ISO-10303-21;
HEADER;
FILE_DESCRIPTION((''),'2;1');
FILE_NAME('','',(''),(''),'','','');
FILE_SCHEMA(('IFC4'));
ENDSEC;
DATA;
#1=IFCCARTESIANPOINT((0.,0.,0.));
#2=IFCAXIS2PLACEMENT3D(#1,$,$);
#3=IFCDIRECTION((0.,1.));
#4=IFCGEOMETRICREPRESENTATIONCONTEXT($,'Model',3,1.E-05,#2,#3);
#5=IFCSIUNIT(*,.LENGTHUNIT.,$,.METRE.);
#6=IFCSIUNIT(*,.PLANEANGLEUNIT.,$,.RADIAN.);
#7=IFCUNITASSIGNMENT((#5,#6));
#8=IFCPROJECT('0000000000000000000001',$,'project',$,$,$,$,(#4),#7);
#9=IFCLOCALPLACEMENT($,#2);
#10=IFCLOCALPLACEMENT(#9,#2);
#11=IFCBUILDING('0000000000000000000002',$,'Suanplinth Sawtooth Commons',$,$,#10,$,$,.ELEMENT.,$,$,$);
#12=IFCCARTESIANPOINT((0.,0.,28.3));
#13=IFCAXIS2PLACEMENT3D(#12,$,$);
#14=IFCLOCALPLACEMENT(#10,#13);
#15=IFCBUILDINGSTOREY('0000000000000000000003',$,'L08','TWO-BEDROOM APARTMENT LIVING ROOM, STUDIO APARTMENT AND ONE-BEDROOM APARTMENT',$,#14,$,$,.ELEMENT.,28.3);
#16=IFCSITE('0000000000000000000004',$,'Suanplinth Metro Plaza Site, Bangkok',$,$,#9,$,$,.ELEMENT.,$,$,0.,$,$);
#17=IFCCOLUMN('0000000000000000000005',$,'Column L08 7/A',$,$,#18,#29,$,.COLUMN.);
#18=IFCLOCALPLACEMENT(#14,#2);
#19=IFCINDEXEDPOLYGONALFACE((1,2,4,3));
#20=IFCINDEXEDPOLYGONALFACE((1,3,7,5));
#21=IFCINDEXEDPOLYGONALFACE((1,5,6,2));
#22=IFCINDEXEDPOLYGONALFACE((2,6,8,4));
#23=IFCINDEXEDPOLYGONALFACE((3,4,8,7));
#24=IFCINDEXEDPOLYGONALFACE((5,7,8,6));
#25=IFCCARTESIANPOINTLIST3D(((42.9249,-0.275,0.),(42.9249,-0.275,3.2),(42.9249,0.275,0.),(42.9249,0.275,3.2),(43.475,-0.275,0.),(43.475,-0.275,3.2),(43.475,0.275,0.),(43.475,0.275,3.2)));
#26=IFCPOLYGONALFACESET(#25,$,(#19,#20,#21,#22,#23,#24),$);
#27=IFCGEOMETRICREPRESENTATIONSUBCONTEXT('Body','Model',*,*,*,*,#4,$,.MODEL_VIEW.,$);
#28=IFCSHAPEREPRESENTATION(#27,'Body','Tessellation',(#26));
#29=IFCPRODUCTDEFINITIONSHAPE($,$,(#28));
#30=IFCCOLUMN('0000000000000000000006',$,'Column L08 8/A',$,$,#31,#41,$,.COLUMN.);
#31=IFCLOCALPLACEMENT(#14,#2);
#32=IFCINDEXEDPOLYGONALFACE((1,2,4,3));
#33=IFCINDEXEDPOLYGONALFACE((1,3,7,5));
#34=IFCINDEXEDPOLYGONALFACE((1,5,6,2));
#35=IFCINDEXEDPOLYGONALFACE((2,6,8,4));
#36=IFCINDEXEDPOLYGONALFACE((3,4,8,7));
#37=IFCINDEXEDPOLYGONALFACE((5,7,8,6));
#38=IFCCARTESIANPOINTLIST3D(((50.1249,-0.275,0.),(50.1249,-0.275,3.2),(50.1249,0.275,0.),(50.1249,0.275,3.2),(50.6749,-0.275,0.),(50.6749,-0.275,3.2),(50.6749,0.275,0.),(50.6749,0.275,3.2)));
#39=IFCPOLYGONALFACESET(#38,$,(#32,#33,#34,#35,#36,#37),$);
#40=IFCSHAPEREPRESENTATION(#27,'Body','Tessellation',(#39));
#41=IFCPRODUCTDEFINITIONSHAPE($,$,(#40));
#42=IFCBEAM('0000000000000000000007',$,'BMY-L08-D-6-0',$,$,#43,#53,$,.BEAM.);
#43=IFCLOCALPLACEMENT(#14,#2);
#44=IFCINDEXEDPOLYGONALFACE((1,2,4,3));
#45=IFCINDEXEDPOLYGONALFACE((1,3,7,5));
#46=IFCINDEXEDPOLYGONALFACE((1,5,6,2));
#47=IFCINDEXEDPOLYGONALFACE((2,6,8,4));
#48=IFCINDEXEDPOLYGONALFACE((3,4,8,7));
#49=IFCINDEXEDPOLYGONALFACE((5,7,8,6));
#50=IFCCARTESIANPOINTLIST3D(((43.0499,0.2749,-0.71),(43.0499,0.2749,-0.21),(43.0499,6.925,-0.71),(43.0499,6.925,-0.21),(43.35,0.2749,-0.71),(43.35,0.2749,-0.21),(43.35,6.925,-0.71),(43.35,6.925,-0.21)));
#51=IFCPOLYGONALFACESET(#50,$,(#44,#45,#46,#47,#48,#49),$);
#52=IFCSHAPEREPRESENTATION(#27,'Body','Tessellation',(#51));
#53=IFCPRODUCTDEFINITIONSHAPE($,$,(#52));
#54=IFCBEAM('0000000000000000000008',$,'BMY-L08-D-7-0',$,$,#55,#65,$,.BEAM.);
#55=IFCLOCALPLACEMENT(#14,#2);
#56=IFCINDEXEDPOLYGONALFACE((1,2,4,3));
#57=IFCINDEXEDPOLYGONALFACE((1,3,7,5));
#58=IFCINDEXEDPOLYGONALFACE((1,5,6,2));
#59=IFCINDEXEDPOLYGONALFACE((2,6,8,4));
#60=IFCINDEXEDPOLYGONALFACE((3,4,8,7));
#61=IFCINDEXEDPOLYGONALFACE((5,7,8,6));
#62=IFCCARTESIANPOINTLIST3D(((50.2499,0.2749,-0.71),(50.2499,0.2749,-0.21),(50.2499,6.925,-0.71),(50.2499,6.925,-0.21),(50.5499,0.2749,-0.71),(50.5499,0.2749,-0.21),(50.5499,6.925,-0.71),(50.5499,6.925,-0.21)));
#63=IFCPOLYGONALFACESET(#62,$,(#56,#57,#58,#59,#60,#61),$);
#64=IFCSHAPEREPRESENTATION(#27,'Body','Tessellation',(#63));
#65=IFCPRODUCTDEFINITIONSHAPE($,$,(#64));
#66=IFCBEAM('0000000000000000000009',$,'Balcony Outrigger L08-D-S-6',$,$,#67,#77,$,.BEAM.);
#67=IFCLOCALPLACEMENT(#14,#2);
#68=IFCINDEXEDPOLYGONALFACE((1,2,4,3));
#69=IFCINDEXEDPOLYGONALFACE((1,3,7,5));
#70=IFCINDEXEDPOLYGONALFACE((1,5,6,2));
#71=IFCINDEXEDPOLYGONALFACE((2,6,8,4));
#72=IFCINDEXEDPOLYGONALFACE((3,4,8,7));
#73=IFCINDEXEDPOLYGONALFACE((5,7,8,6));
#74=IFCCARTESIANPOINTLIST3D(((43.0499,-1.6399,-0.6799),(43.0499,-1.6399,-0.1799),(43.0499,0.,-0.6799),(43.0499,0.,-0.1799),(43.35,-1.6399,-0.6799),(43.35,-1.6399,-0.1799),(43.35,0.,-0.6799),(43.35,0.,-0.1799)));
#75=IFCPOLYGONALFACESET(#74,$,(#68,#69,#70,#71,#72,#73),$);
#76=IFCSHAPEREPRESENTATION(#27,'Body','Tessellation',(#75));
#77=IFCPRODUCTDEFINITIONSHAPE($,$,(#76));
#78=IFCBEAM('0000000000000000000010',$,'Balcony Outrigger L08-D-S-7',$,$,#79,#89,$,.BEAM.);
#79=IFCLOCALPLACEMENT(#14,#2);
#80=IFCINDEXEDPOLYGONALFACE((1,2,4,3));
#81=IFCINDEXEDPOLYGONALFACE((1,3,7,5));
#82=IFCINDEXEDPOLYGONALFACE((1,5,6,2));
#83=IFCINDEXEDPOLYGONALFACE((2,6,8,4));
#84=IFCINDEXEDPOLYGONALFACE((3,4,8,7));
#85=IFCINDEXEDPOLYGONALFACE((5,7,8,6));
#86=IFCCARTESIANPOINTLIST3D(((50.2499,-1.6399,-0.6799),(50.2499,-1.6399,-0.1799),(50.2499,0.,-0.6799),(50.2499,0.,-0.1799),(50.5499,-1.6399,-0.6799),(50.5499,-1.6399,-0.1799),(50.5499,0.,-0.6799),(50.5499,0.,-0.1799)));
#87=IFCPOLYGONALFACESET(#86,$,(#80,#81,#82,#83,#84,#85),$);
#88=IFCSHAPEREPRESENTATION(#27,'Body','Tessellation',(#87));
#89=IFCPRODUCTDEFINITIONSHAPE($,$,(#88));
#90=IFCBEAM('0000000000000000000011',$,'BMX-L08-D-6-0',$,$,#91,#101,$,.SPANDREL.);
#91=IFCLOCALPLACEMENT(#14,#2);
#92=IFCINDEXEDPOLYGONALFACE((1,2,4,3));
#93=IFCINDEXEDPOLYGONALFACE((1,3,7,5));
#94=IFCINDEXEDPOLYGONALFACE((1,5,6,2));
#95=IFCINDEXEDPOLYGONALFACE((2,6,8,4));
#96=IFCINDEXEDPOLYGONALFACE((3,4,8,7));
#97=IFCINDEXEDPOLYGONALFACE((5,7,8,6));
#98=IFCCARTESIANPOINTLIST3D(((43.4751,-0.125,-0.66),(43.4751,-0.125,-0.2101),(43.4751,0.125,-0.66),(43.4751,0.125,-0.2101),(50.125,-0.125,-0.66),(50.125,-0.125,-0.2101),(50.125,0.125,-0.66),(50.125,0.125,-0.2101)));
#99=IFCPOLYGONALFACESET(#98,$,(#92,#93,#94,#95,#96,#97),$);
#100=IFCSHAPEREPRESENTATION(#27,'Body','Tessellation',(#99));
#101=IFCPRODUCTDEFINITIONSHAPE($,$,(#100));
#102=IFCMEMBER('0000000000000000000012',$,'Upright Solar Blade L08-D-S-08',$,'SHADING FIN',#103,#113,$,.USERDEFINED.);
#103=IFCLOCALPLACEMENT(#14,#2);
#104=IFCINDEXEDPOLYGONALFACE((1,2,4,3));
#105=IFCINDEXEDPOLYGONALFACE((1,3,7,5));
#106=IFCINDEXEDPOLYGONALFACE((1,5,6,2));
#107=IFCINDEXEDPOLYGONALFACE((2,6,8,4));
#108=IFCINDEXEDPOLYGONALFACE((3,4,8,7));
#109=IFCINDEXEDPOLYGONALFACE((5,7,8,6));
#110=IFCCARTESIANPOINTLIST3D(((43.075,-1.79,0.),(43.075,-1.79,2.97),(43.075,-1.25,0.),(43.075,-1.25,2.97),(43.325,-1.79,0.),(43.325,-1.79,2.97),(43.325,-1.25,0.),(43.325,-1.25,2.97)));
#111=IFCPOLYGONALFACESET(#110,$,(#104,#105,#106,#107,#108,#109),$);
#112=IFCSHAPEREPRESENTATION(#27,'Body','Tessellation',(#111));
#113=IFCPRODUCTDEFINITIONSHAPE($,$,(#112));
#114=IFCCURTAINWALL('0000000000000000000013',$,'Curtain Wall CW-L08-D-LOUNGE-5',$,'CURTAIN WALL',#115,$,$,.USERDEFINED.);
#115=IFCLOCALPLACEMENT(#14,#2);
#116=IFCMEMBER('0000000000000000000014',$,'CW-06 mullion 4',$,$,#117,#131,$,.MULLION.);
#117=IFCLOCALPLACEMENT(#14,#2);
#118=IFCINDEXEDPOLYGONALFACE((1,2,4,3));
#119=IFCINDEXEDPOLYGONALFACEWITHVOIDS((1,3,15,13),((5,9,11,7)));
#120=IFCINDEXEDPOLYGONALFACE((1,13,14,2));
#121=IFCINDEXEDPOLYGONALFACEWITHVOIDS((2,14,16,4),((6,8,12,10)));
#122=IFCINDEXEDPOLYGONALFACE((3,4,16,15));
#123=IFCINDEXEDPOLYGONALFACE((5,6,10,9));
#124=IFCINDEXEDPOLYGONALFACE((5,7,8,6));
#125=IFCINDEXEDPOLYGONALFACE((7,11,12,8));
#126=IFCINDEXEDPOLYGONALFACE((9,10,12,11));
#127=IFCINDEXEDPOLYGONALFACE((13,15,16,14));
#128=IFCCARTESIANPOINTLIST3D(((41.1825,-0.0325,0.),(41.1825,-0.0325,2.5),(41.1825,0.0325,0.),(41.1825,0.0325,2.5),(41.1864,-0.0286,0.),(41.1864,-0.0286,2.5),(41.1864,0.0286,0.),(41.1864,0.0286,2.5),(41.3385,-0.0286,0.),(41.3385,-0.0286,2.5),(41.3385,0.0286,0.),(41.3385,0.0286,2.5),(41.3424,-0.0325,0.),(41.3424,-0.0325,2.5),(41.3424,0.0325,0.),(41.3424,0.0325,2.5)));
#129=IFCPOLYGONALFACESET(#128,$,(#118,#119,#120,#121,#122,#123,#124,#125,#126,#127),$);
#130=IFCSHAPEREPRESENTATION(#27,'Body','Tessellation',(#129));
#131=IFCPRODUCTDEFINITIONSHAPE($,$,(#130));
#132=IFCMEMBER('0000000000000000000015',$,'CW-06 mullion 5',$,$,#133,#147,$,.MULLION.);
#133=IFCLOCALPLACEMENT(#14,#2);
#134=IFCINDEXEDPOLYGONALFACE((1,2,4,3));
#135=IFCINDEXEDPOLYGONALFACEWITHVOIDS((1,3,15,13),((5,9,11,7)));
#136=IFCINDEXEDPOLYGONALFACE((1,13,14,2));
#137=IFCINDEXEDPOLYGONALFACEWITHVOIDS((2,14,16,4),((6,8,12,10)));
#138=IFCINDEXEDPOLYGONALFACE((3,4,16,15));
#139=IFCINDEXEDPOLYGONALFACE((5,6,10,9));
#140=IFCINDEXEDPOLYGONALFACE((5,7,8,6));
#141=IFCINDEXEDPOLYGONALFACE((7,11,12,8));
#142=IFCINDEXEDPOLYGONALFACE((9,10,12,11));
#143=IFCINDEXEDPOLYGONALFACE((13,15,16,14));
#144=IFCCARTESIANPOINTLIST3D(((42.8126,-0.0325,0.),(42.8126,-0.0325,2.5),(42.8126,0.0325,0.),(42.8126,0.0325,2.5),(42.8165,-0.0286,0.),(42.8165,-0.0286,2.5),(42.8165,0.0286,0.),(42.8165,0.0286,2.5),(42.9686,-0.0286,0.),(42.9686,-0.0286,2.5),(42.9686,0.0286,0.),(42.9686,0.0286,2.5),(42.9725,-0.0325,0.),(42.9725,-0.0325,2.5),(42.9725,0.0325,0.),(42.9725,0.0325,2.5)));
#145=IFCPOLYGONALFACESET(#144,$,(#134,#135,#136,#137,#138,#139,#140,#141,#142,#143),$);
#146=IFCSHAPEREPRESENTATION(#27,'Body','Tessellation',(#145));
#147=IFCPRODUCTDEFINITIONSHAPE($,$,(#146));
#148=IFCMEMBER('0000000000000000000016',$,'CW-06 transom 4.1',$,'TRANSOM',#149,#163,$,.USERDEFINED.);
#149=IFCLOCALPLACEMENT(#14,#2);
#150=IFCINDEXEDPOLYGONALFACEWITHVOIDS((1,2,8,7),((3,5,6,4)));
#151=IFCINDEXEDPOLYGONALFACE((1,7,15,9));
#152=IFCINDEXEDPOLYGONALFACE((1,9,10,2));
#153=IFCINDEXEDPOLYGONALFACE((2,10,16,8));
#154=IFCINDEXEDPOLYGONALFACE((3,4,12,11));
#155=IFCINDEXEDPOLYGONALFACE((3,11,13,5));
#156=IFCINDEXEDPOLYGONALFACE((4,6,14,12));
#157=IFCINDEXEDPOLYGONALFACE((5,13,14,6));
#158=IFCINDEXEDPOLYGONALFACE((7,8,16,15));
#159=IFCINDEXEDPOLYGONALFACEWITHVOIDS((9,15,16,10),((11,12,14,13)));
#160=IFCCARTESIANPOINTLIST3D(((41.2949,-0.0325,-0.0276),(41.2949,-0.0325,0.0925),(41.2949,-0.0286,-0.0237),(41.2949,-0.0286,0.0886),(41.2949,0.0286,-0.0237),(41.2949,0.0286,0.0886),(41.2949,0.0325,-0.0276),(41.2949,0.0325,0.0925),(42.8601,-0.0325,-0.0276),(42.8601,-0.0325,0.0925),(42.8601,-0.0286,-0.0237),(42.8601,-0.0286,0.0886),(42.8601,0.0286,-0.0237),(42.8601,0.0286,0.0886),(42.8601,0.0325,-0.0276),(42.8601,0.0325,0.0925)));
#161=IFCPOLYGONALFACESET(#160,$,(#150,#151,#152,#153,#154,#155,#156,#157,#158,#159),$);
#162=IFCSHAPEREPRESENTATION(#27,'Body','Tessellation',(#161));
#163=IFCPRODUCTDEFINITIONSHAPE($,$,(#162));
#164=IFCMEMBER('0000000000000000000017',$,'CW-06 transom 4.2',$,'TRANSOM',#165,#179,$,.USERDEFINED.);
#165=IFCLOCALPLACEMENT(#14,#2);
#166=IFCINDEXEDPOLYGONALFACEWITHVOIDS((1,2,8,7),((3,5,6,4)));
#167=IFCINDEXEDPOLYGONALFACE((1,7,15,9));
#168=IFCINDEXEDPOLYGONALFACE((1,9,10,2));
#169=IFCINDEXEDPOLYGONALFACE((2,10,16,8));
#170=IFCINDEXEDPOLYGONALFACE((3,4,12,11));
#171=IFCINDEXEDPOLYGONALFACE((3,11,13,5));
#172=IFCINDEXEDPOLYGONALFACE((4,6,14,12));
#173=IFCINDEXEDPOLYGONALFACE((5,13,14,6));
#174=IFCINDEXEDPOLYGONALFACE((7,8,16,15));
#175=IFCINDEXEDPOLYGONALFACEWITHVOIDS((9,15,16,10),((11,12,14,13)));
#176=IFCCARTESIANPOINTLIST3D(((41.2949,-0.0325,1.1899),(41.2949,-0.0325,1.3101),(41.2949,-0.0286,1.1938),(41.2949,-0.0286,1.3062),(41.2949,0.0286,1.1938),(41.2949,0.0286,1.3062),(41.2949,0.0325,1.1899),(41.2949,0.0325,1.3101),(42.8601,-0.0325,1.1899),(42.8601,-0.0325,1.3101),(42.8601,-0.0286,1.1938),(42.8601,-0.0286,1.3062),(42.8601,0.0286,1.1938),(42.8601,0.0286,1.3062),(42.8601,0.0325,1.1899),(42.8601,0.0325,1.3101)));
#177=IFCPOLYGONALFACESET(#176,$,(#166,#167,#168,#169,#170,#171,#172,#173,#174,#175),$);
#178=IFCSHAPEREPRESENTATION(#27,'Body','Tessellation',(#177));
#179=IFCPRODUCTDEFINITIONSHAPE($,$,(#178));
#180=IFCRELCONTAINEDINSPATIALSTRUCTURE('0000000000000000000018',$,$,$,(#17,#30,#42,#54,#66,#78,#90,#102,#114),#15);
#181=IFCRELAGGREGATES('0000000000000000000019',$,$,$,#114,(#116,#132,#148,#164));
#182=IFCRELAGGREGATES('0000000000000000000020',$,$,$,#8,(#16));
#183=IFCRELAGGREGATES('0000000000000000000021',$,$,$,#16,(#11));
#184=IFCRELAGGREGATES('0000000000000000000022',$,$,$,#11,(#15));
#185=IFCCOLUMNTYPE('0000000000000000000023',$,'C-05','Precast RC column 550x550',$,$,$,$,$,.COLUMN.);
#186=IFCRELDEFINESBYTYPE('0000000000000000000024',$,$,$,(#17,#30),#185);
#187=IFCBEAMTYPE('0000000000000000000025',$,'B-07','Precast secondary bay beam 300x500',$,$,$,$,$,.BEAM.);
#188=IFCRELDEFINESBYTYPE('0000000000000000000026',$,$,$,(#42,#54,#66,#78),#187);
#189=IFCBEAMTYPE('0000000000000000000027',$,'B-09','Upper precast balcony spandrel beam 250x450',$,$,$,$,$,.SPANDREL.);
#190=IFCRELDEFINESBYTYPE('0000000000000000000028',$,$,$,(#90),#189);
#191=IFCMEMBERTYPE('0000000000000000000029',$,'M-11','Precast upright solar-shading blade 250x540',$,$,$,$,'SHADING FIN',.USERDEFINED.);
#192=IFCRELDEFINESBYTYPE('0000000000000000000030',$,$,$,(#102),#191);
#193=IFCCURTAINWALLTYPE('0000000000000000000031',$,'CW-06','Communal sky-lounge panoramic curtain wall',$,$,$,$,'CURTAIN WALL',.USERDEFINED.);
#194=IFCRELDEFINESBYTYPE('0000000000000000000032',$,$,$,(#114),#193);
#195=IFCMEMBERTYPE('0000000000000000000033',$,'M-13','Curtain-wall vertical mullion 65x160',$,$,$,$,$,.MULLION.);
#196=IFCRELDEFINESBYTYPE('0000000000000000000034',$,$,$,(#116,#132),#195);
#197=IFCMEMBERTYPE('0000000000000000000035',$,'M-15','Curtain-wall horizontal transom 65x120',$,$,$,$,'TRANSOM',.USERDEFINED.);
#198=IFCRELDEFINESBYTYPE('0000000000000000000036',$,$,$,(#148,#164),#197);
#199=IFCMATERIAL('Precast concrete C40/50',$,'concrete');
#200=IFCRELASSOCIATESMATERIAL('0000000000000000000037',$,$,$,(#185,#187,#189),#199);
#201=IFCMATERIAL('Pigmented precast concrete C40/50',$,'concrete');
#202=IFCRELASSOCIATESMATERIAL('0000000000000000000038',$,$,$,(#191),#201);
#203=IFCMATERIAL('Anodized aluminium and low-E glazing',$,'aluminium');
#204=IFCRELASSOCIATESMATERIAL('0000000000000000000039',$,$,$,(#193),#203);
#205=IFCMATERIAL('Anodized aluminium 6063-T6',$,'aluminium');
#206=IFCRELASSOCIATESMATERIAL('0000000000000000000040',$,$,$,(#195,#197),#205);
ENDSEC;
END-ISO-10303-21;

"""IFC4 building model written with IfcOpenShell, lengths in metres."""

from ifc_helpers import new_model, si_unit, direction, frame, origin, origin_2d, place, context, subcontext, project, spatial, rectangle, hollow_rectangle, extrude, material, material_profile, profile_set, type_object, element, aggregate, save


model = new_model("IFC4")

# Units and contexts
model_context = context("Model", 3, precision=1e-05, world=origin(), true_north=direction((0.0, 1.0)))
body_context = subcontext(model_context, "Body", "Model", "MODEL_VIEW")
ifc_project = project(units=[si_unit("LENGTHUNIT", "METRE"), si_unit("PLANEANGLEUNIT", "RADIAN")], contexts=[model_context])

# Site, building, storey
site_placement = place(None, origin())
site = spatial("IfcSite", under=ifc_project, at=site_placement, Name="Suanplinth Metro Plaza Site, Bangkok", CompositionType="ELEMENT", RefElevation=0.0)
building_placement = place(site_placement, origin())
building = spatial("IfcBuilding", under=site, at=building_placement, Name="Suanplinth Sawtooth Commons", CompositionType="ELEMENT")
storey_placement = place(building_placement, frame((0.0, 0.0, 28.3)))
storey = spatial("IfcBuildingStorey", under=building, at=storey_placement, Name="L08", Description="TWO-BEDROOM APARTMENT LIVING ROOM, STUDIO APARTMENT AND ONE-BEDROOM APARTMENT", CompositionType="ELEMENT", Elevation=28.3)

# Columns
ifc_material_1 = material(Name="Precast concrete C40/50", Category="concrete")
ifc_material_profile_1 = material_profile(ifc_material_1, rectangle(XDim=0.55, YDim=0.55, at=origin_2d()), Name="PC-COL 550x550")
ifc_profile_set_1 = profile_set([ifc_material_profile_1], Name="Precast concrete C40/50")
column_type = type_object("IfcColumnType", Name="C-05", Description="Precast RC column 550x550", PredefinedType="COLUMN", material=ifc_profile_set_1)
for number, where, z_axis, x_axis, name in (
    (1, (43.2, 0.0, 0.0), (0.0, 0.0, 1.0), (1.0, 0.0, 0.0), "Column L08 7/A"),
    (2, (50.3999, 0.0, 0.0), (0.0, 0.0, 1.0), (1.0, 0.0, 0.0), "Column L08 8/A"),
):
    element("IfcColumn", number, at=place(storey_placement, frame(where, z_axis=z_axis, x_axis=x_axis)), inside=storey, type_object=column_type, Name=name, PredefinedType="COLUMN", context=body_context, shape_type="SweptSolid", body=[
        extrude(rectangle(XDim=0.55, YDim=0.55, at=origin_2d()), origin(), (0.0, 0.0, 1.0), 3.2),
    ])

# Beams
ifc_material_profile_2 = material_profile(ifc_material_1, rectangle(XDim=0.3, YDim=0.5, at=origin_2d()), Name="PC-BM 300x500")
ifc_profile_set_2 = profile_set([ifc_material_profile_2], Name="Precast concrete C40/50")
beam_type_1 = type_object("IfcBeamType", Name="B-07", Description="Precast secondary bay beam 300x500", PredefinedType="BEAM", material=ifc_profile_set_2)
for number, where, z_axis, x_axis, name in (
    (3, (43.2, 0.2749, -0.46), (0.0, 1.0, 0.0), (-1.0, 0.0, 0.0), "BMY-L08-D-6-0"),
    (4, (50.3999, 0.2749, -0.46), (0.0, 1.0, 0.0), (-1.0, 0.0, 0.0), "BMY-L08-D-7-0"),
):
    element("IfcBeam", number, at=place(storey_placement, frame(where, z_axis=z_axis, x_axis=x_axis)), inside=storey, type_object=beam_type_1, Name=name, PredefinedType="BEAM", context=body_context, shape_type="SweptSolid", body=[
        extrude(rectangle(XDim=0.3, YDim=0.5, at=origin_2d()), origin(), (0.0, 0.0, 1.0), 6.6501),
    ])
for number, where, z_axis, x_axis, name in (
    (5, (43.2, 0.0, -0.4299), (0.0, -1.0, 0.0), (1.0, 0.0, 0.0), "Balcony Outrigger L08-D-S-6"),
    (6, (50.3999, 0.0, -0.4299), (0.0, -1.0, 0.0), (1.0, 0.0, 0.0), "Balcony Outrigger L08-D-S-7"),
):
    element("IfcBeam", number, at=place(storey_placement, frame(where, z_axis=z_axis, x_axis=x_axis)), inside=storey, type_object=beam_type_1, Name=name, PredefinedType="BEAM", context=body_context, shape_type="SweptSolid", body=[
        extrude(rectangle(XDim=0.3, YDim=0.5, at=origin_2d()), origin(), (0.0, 0.0, 1.0), 1.6399),
    ])
ifc_material_profile_3 = material_profile(ifc_material_1, rectangle(XDim=0.25, YDim=0.45, at=origin_2d()), Name="PC-SP 250x450")
ifc_profile_set_3 = profile_set([ifc_material_profile_3], Name="Precast concrete C40/50")
beam_type_2 = type_object("IfcBeamType", Name="B-09", Description="Upper precast balcony spandrel beam 250x450", PredefinedType="SPANDREL", material=ifc_profile_set_3)
beam_placement = place(storey_placement, frame((43.4751, 0.0, -0.4351), z_axis=(1.0, 0.0, 0.0), x_axis=(0.0, 1.0, 0.0)))
element("IfcBeam", 7, at=beam_placement, inside=storey, type_object=beam_type_2, Name="BMX-L08-D-6-0", PredefinedType="SPANDREL", context=body_context, shape_type="SweptSolid", body=[
    extrude(rectangle(XDim=0.25, YDim=0.45, at=origin_2d()), origin(), (0.0, 0.0, 1.0), 6.6499),
])

# Member
ifc_material_2 = material(Name="Pigmented precast concrete C40/50", Category="concrete")
ifc_material_profile_4 = material_profile(ifc_material_2, rectangle(XDim=0.25, YDim=0.54, at=origin_2d()), Name="PC-FIN 250x540")
ifc_profile_set_4 = profile_set([ifc_material_profile_4], Name="Pigmented precast concrete C40/50")
member_type_1 = type_object("IfcMemberType", Name="M-11", Description="Precast upright solar-shading blade 250x540", ElementType="SHADING FIN", PredefinedType="USERDEFINED", material=ifc_profile_set_4)
member_1_placement = place(storey_placement, frame((43.2, -1.52, 0.0), z_axis=(0.0, 0.0, 1.0), x_axis=(1.0, 0.0, 0.0)))
element("IfcMember", 8, at=member_1_placement, inside=storey, type_object=member_type_1, Name="Upright Solar Blade L08-D-S-08", ObjectType="SHADING FIN", PredefinedType="USERDEFINED", context=body_context, shape_type="SweptSolid", body=[
    extrude(rectangle(XDim=0.25, YDim=0.54, at=origin_2d()), origin(), (0.0, 0.0, 1.0), 2.97),
])

# Curtain wall, members
ifc_material_3 = material(Name="Anodized aluminium and low-E glazing", Category="aluminium")
curtain_wall_type = type_object("IfcCurtainWallType", Name="CW-06", Description="Communal sky-lounge panoramic curtain wall", ElementType="CURTAIN WALL", PredefinedType="USERDEFINED", material=ifc_material_3)
curtain_wall_placement = place(storey_placement, origin())
curtain_wall = element("IfcCurtainWall", 9, at=curtain_wall_placement, inside=storey, type_object=curtain_wall_type, Name="Curtain Wall CW-L08-D-LOUNGE-5", ObjectType="CURTAIN WALL", PredefinedType="USERDEFINED")
ifc_material_4 = material(Name="Anodized aluminium 6063-T6", Category="aluminium")
ifc_material_profile_5 = material_profile(ifc_material_4, hollow_rectangle(XDim=0.0649, YDim=0.1599, WallThickness=0.0039, at=origin_2d()), Name="ALU-MUL 65x160")
ifc_profile_set_5 = profile_set([ifc_material_profile_5], Name="Anodized aluminium 6063-T6")
member_type_2 = type_object("IfcMemberType", Name="M-13", Description="Curtain-wall vertical mullion 65x160", PredefinedType="MULLION", material=ifc_profile_set_5)
member_2_placement = place(storey_placement, frame((41.2625, 0.0, 0.0), z_axis=(0.0, 0.0, 1.0), x_axis=(0.0, 1.0, 0.0)))
member_2 = element("IfcMember", 10, at=member_2_placement, type_object=member_type_2, Name="CW-06 mullion 4", PredefinedType="MULLION", context=body_context, shape_type="SweptSolid", body=[
    extrude(hollow_rectangle(XDim=0.0649, YDim=0.1599, WallThickness=0.0039, at=origin_2d()), origin(), (0.0, 0.0, 1.0), 2.5),
])
member_3_placement = place(storey_placement, frame((42.8926, 0.0, 0.0), z_axis=(0.0, 0.0, 1.0), x_axis=(0.0, 1.0, 0.0)))
member_3 = element("IfcMember", 11, at=member_3_placement, type_object=member_type_2, Name="CW-06 mullion 5", PredefinedType="MULLION", context=body_context, shape_type="SweptSolid", body=[
    extrude(hollow_rectangle(XDim=0.0649, YDim=0.1599, WallThickness=0.0039, at=origin_2d()), origin(), (0.0, 0.0, 1.0), 2.5),
])
ifc_material_profile_6 = material_profile(ifc_material_4, hollow_rectangle(XDim=0.0649, YDim=0.1201, WallThickness=0.0039, at=origin_2d()), Name="ALU-TRN 65x120")
ifc_profile_set_6 = profile_set([ifc_material_profile_6], Name="Anodized aluminium 6063-T6")
member_type_3 = type_object("IfcMemberType", Name="M-15", Description="Curtain-wall horizontal transom 65x120", ElementType="TRANSOM", PredefinedType="USERDEFINED", material=ifc_profile_set_6)
member_4_placement = place(storey_placement, frame((41.2949, 0.0, 0.0325), z_axis=(1.0, 0.0, 0.0), x_axis=(0.0, 1.0, 0.0)))
member_4 = element("IfcMember", 12, at=member_4_placement, type_object=member_type_3, Name="CW-06 transom 4.1", ObjectType="TRANSOM", PredefinedType="USERDEFINED", context=body_context, shape_type="SweptSolid", body=[
    extrude(hollow_rectangle(XDim=0.0649, YDim=0.1201, WallThickness=0.0039, at=origin_2d()), origin(), (0.0, 0.0, 1.0), 1.5652),
])
member_5_placement = place(storey_placement, frame((41.2949, 0.0, 1.25), z_axis=(1.0, 0.0, 0.0), x_axis=(0.0, 1.0, 0.0)))
member_5 = element("IfcMember", 13, at=member_5_placement, type_object=member_type_3, Name="CW-06 transom 4.2", ObjectType="TRANSOM", PredefinedType="USERDEFINED", context=body_context, shape_type="SweptSolid", body=[
    extrude(hollow_rectangle(XDim=0.0649, YDim=0.1201, WallThickness=0.0039, at=origin_2d()), origin(), (0.0, 0.0, 1.0), 1.5652),
])
aggregate(curtain_wall, [member_2, member_3, member_4, member_5])

save(model, "model.ifc")
